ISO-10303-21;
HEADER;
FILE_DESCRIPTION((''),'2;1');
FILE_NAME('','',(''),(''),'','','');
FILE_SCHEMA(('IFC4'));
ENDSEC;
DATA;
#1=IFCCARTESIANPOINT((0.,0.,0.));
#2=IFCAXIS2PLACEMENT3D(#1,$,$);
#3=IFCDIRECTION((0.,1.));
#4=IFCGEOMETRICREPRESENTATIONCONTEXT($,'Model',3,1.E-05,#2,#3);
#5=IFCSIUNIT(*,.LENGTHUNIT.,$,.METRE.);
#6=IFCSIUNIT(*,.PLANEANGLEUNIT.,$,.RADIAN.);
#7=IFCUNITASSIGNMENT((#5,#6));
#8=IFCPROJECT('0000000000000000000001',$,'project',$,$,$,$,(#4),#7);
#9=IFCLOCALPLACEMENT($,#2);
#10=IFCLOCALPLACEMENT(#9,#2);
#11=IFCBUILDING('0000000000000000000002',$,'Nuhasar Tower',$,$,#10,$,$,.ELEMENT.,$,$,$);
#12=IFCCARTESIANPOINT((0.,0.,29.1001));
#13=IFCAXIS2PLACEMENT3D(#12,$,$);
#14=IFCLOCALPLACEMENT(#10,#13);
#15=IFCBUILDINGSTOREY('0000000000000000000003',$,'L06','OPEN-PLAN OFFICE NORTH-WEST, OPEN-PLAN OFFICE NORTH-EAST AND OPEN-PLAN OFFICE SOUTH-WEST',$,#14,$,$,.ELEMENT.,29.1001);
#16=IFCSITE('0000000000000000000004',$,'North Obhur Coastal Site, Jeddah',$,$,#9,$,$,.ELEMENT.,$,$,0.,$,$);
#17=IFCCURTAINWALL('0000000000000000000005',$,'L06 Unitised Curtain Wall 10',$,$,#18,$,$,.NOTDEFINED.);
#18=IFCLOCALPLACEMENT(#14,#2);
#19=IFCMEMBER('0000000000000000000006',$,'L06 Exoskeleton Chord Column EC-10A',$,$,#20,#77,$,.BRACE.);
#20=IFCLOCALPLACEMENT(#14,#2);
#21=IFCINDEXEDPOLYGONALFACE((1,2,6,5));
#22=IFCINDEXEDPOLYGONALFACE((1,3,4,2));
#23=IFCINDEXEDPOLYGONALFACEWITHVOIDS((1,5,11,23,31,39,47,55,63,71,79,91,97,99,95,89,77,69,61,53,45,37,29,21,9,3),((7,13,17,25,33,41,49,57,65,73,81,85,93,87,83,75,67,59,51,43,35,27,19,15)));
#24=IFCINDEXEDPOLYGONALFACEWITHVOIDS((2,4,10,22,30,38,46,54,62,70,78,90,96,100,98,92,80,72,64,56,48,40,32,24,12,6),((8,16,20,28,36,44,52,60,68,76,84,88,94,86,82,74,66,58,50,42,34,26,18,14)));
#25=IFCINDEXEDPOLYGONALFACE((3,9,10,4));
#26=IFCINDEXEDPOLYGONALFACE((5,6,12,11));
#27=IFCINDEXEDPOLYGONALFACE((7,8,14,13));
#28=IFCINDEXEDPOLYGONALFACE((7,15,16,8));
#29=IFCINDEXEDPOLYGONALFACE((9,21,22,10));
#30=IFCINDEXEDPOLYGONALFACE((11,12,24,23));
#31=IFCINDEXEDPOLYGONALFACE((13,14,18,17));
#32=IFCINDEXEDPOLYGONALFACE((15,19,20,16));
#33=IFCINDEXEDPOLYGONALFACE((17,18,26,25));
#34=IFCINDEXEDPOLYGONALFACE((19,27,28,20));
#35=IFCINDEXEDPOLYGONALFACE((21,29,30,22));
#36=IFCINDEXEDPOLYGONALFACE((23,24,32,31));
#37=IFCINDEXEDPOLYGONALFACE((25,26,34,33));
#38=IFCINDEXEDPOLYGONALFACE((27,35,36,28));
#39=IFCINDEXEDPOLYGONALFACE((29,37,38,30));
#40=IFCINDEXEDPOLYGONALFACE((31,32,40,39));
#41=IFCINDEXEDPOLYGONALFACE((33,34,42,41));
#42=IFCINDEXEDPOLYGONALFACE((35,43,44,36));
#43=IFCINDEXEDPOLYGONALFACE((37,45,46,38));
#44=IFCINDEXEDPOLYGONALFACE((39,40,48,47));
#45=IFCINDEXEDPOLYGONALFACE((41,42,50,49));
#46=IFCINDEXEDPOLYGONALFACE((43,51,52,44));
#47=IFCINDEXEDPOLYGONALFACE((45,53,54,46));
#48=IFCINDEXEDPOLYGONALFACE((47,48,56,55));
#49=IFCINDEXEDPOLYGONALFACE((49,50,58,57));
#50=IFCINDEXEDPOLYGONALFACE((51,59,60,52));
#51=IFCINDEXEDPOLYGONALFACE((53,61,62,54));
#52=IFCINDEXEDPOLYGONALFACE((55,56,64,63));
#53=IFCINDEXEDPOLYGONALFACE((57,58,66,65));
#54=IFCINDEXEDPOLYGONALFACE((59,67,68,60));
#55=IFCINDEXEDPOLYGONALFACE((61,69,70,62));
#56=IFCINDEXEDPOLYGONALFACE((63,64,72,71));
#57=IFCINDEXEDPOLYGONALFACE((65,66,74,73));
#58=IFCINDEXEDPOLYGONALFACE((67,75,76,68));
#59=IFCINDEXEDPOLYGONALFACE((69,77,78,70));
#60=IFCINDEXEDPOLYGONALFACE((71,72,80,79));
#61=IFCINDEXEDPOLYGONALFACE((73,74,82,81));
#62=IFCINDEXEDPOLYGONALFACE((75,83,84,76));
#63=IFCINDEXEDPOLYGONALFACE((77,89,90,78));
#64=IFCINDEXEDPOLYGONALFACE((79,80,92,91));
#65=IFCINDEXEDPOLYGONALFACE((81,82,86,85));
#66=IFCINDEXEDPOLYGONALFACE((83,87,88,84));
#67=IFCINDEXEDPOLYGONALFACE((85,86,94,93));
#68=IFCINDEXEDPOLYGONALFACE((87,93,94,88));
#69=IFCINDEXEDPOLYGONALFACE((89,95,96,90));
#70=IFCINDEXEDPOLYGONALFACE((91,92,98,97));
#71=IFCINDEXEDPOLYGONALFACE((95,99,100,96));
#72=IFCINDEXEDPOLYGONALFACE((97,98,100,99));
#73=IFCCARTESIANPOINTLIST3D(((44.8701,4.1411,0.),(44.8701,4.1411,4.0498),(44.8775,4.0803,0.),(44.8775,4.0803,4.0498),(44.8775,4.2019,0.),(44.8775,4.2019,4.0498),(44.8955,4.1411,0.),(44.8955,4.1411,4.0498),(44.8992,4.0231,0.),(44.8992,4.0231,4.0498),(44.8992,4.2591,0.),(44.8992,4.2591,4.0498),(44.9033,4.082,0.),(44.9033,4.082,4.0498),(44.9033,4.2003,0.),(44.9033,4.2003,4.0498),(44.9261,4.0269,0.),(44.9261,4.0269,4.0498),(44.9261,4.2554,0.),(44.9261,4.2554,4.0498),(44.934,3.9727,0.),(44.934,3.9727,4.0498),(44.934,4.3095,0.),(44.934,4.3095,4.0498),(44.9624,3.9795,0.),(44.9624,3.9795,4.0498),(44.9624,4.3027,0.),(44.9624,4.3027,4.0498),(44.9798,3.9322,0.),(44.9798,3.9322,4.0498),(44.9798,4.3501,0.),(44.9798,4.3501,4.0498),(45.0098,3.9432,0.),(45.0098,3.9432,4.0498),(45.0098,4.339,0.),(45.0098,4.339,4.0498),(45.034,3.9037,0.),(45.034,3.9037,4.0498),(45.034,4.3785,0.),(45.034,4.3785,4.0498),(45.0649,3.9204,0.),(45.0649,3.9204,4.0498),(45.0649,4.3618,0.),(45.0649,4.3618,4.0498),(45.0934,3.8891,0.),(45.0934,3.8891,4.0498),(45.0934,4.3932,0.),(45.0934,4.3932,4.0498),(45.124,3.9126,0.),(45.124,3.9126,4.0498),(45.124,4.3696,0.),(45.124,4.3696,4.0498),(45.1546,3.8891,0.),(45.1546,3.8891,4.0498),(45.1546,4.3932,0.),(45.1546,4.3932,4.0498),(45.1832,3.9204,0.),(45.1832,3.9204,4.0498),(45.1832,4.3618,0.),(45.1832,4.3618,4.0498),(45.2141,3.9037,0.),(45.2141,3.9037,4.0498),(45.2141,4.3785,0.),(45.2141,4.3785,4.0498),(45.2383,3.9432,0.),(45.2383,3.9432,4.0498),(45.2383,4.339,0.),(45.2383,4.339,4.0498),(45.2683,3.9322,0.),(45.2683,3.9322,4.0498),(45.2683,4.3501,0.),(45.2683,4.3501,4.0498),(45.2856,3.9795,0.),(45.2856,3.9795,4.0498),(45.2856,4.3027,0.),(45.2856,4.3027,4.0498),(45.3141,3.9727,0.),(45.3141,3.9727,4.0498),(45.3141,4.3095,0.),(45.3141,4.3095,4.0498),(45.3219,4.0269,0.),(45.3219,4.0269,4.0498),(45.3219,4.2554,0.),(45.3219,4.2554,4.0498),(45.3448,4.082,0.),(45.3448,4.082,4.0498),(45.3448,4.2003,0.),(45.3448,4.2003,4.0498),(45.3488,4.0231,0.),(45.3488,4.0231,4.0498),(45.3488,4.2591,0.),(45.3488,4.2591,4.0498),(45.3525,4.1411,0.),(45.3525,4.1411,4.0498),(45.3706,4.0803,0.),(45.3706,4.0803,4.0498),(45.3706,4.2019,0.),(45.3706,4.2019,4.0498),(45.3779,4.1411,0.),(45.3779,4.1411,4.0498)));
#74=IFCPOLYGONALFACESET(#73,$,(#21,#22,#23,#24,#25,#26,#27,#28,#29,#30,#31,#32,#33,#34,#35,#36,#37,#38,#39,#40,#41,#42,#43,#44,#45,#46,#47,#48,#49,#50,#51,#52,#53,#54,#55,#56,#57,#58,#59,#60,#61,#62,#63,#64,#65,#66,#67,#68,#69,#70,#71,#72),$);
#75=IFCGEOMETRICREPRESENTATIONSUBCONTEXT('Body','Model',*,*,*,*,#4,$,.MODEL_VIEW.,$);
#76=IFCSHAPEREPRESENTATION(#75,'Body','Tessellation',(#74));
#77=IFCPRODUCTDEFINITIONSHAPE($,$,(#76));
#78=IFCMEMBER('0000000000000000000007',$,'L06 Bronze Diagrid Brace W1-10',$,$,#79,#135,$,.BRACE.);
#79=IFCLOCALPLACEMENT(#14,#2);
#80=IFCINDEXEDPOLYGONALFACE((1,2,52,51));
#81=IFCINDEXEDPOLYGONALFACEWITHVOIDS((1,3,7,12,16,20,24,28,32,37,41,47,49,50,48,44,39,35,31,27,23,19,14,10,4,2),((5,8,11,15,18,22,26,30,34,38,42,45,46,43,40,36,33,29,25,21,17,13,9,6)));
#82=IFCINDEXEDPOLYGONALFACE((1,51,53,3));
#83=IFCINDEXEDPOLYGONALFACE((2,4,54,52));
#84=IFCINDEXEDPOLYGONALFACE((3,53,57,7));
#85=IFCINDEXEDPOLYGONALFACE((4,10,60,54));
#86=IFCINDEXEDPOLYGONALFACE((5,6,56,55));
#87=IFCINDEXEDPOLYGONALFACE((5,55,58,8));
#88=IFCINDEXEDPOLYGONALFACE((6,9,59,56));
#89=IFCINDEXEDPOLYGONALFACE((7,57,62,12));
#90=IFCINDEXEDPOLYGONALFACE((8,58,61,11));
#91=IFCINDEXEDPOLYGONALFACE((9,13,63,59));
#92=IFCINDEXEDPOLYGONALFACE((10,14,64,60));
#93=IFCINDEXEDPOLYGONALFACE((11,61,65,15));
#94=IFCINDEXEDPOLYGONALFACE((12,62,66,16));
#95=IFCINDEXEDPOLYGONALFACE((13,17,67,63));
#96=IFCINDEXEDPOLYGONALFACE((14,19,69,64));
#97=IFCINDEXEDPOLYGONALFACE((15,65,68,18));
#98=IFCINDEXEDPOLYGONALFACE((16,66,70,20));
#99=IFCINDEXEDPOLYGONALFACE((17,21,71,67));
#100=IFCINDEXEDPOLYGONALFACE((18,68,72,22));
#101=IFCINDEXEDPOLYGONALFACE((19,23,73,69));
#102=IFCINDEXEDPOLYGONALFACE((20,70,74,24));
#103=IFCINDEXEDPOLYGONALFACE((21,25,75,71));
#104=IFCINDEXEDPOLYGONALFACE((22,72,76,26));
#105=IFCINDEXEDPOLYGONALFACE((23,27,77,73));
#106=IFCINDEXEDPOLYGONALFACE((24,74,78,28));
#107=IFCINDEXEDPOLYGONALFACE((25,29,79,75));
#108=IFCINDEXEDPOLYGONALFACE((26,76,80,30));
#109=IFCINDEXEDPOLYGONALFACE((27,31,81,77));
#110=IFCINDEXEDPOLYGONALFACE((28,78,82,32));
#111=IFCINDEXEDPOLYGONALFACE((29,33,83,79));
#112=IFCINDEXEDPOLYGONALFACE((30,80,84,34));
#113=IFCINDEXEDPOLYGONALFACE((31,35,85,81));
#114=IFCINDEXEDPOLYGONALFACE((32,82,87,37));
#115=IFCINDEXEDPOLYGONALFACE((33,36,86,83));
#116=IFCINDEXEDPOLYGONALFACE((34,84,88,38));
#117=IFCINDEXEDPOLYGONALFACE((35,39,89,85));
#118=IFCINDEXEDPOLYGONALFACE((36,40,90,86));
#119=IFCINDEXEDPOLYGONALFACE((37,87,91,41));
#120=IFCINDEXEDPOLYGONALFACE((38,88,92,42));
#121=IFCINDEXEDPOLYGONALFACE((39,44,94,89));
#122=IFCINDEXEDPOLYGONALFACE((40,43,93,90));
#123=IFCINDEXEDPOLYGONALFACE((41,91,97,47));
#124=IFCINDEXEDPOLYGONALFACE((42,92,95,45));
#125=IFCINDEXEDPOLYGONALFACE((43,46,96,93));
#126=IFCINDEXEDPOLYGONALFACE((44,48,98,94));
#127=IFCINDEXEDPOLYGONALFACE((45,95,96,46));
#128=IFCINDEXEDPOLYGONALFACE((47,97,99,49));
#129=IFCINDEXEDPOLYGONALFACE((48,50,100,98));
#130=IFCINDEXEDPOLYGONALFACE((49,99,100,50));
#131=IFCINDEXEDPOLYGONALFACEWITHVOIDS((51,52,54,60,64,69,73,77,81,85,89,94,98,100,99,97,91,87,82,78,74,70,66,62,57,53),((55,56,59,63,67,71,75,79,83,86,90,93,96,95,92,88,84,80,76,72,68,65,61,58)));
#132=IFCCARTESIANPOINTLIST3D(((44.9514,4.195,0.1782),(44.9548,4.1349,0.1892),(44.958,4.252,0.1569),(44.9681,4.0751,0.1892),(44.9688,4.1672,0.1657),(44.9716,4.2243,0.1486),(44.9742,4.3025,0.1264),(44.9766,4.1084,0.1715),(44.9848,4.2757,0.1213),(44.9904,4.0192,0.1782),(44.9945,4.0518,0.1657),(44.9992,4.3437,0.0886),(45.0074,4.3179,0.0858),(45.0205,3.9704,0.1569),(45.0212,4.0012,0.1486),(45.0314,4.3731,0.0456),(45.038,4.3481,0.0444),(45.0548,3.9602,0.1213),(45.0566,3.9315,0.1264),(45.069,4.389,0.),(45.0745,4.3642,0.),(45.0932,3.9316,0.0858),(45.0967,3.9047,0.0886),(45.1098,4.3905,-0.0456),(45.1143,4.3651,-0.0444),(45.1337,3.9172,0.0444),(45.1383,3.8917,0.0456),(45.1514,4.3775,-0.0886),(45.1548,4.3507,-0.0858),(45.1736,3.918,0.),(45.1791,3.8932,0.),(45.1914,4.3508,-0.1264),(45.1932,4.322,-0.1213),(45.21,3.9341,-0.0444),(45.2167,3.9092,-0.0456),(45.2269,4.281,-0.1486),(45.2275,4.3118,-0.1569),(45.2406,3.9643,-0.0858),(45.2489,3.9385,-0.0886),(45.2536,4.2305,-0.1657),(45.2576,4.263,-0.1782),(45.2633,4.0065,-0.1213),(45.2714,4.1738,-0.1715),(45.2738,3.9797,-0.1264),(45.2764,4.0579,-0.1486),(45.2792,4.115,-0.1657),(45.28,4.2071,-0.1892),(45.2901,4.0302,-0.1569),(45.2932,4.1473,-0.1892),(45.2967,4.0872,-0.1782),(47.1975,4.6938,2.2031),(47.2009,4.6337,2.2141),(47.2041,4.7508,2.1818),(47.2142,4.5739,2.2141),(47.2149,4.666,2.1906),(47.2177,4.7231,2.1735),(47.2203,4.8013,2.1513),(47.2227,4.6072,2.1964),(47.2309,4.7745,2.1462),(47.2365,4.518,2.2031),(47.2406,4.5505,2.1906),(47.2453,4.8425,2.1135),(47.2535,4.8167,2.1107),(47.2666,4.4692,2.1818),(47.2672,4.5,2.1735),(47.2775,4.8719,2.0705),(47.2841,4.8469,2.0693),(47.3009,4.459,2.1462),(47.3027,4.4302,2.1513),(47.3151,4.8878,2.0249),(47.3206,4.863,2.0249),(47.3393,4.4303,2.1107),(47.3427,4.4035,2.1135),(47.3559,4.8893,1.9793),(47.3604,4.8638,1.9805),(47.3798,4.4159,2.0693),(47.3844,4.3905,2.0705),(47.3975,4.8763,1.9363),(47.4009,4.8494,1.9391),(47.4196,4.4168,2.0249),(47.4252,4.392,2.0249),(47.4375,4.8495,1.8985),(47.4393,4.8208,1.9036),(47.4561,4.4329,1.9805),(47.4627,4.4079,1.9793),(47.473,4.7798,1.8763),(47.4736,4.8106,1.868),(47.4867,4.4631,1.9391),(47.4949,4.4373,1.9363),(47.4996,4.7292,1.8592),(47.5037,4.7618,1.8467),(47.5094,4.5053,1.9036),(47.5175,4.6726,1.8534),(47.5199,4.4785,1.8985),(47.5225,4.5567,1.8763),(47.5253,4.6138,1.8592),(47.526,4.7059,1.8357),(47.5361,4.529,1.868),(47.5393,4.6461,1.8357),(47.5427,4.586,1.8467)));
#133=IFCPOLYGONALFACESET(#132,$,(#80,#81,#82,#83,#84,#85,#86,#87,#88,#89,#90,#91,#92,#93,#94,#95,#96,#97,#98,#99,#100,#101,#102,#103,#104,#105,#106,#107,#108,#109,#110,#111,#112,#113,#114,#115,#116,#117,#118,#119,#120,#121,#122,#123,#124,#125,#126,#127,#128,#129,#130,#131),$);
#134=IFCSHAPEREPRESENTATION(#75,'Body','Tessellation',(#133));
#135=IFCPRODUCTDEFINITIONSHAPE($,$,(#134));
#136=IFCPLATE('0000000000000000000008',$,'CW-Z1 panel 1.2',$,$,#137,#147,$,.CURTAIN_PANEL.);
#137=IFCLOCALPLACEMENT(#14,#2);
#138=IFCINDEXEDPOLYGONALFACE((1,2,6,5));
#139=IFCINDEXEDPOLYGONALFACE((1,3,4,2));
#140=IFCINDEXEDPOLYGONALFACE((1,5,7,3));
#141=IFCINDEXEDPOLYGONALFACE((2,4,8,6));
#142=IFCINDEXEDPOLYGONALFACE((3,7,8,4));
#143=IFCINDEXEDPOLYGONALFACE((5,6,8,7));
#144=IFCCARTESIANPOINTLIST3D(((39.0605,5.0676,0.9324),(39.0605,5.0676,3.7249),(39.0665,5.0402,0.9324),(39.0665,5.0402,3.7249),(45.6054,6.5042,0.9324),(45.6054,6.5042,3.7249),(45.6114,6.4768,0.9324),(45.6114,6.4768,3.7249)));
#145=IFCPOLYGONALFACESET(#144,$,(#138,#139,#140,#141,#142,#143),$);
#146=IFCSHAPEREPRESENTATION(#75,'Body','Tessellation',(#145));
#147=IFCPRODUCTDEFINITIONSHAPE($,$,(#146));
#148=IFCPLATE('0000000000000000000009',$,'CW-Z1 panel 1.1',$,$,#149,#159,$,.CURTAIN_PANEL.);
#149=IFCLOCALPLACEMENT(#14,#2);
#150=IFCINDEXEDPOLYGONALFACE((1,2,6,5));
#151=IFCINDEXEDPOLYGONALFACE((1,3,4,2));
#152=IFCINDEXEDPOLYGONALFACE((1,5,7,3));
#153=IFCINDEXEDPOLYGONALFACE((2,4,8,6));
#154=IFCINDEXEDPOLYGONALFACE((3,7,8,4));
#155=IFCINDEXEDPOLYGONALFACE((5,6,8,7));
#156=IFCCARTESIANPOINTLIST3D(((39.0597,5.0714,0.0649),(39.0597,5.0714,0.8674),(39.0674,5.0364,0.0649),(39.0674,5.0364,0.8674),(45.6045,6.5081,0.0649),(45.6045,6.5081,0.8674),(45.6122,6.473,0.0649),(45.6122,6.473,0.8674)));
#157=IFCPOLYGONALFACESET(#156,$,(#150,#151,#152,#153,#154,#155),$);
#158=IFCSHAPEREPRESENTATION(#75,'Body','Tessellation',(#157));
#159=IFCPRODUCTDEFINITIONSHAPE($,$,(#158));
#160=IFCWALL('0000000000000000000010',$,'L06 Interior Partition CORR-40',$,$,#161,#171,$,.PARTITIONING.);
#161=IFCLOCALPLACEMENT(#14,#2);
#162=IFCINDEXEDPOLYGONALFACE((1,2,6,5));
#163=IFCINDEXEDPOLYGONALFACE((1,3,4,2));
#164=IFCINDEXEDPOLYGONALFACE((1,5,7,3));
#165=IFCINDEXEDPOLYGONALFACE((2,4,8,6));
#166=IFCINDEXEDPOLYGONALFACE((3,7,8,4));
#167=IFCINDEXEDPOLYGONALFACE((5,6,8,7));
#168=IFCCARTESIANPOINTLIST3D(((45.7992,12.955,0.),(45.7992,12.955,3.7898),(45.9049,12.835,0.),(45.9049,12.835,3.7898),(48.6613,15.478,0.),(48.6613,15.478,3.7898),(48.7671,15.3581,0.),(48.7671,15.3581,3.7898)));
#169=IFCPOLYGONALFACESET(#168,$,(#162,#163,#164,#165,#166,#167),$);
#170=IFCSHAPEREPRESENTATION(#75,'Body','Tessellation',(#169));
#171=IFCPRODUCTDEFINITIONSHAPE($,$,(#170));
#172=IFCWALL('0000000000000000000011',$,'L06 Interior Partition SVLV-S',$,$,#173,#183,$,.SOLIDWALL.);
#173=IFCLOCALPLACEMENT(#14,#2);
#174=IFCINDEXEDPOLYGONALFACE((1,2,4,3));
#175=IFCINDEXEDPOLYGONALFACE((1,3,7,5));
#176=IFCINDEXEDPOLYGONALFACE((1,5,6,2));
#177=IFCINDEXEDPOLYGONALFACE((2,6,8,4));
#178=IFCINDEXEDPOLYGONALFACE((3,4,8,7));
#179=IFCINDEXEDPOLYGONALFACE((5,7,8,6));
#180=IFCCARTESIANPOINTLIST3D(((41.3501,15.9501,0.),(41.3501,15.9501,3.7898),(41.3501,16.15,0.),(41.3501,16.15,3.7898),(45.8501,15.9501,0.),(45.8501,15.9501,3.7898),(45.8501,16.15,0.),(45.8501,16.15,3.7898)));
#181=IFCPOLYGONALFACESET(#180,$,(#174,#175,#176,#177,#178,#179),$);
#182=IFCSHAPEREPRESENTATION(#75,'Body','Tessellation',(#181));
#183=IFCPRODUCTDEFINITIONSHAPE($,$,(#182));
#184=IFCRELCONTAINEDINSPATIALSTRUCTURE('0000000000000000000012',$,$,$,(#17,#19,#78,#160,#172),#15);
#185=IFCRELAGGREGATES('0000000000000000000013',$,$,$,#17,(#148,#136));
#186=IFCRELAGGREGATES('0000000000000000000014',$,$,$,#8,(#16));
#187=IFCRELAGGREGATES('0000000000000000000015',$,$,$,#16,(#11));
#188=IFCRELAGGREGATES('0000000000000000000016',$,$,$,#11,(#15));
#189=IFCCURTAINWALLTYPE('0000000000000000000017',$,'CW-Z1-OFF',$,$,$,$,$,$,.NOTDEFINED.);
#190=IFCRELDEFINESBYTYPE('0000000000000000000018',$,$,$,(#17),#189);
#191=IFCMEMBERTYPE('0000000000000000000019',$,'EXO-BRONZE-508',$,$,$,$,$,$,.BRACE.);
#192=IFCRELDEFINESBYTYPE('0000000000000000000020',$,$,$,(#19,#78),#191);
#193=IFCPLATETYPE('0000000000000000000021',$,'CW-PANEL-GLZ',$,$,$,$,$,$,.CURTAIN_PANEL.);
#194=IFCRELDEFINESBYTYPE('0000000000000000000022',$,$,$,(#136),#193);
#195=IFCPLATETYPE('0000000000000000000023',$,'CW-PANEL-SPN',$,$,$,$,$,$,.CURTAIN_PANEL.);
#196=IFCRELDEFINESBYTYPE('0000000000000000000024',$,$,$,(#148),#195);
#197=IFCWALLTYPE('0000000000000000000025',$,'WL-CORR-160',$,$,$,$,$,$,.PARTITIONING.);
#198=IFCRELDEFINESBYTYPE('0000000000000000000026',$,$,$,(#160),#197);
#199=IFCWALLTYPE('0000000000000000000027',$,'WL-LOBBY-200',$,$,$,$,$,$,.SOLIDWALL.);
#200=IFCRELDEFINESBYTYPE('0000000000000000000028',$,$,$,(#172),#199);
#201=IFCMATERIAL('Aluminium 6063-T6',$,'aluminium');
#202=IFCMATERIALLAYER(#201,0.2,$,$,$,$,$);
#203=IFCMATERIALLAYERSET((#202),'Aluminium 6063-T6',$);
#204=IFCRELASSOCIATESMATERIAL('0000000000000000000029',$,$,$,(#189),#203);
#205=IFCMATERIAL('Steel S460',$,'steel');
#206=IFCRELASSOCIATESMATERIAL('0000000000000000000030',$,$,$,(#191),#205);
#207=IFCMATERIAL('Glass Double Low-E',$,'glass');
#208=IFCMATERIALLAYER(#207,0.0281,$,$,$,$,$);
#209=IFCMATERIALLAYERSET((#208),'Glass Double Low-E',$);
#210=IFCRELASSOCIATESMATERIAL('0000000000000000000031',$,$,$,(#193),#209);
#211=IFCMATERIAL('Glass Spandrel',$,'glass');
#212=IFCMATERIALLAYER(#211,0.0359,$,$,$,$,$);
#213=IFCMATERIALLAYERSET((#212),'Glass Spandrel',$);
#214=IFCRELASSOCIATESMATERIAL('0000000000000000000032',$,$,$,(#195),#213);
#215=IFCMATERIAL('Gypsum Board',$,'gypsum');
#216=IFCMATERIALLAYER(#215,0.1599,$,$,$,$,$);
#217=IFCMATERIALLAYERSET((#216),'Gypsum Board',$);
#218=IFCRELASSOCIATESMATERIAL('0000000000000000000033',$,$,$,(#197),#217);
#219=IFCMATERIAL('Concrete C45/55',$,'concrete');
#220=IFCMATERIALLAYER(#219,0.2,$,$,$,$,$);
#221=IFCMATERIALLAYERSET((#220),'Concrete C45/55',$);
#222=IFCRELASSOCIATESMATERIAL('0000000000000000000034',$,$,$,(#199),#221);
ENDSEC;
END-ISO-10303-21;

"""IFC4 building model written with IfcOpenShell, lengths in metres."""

from ifc_helpers import new_model, si_unit, direction, frame, frame_2d, origin, origin_2d, place, context, subcontext, project, spatial, rectangle, hollow_circle, extrude, material, layer, layer_set, material_profile, profile_set, type_object, element, aggregate, save


model = new_model("IFC4")

# Units and contexts
model_context = context("Model", 3, precision=1e-05, world=origin(), true_north=direction((0.0, 1.0)))
body_context = subcontext(model_context, "Body", "Model", "MODEL_VIEW")
ifc_project = project(units=[si_unit("LENGTHUNIT", "METRE"), si_unit("PLANEANGLEUNIT", "RADIAN")], contexts=[model_context])

# Site, building, storey
site_placement = place(None, origin())
site = spatial("IfcSite", under=ifc_project, at=site_placement, Name="North Obhur Coastal Site, Jeddah", CompositionType="ELEMENT", RefElevation=0.0)
building_placement = place(site_placement, origin())
building = spatial("IfcBuilding", under=site, at=building_placement, Name="Nuhasar Tower", CompositionType="ELEMENT")
storey_placement = place(building_placement, frame((0.0, 0.0, 29.1001)))
storey = spatial("IfcBuildingStorey", under=building, at=storey_placement, Name="L06", Description="OPEN-PLAN OFFICE NORTH-WEST, OPEN-PLAN OFFICE NORTH-EAST AND OPEN-PLAN OFFICE SOUTH-WEST", CompositionType="ELEMENT", Elevation=29.1001)

# Curtain wall
ifc_material_1 = material(Name="Aluminium 6063-T6", Category="aluminium")
ifc_layer_1 = layer(ifc_material_1, 0.2)
ifc_layer_set_1 = layer_set([ifc_layer_1], Name="Aluminium 6063-T6")
curtain_wall_type = type_object("IfcCurtainWallType", Name="CW-Z1-OFF", PredefinedType="NOTDEFINED", material=ifc_layer_set_1)
curtain_wall_placement = place(storey_placement, origin())
curtain_wall = element("IfcCurtainWall", 1, at=curtain_wall_placement, inside=storey, type_object=curtain_wall_type, Name="L06 Unitised Curtain Wall 10", PredefinedType="NOTDEFINED")

# Members
ifc_material_2 = material(Name="Steel S460", Category="steel")
ifc_material_profile_1 = material_profile(ifc_material_2, hollow_circle(Radius=0.2539, WallThickness=0.0254, at=origin_2d()), Name="HSS508X25.4")
ifc_profile_set_1 = profile_set([ifc_material_profile_1], Name="Steel S460")
member_type_1 = type_object("IfcMemberType", Name="EXO-BRONZE-508", PredefinedType="BRACE", material=ifc_profile_set_1)
member_1_placement = place(storey_placement, frame((45.124, 4.1411, 0.0), z_axis=(0.0, 0.0, 1.0), x_axis=(1.0, 0.0, 0.0)))
element("IfcMember", 2, at=member_1_placement, inside=storey, type_object=member_type_1, Name="L06 Exoskeleton Chord Column EC-10A", PredefinedType="BRACE", context=body_context, shape_type="SweptSolid", body=[
    extrude(hollow_circle(Radius=0.2539, WallThickness=0.0254, at=origin_2d()), origin(), (0.0, 0.0, 1.0), 4.0498),
])
member_2_placement = place(storey_placement, frame((45.124, 4.1411, 0.0), z_axis=(0.732831, 0.162736, 0.660663), x_axis=(-0.216784, 0.97622, 0.0)))
element("IfcMember", 3, at=member_2_placement, inside=storey, type_object=member_type_1, Name="L06 Bronze Diagrid Brace W1-10", PredefinedType="BRACE", context=body_context, shape_type="SweptSolid", body=[
    extrude(hollow_circle(Radius=0.2539, WallThickness=0.0254, at=origin_2d()), origin(), (0.0, 0.0, 1.0), 3.0649),
])

# Plates
ifc_material_3 = material(Name="Glass Double Low-E", Category="glass")
ifc_layer_2 = layer(ifc_material_3, 0.0281)
ifc_layer_set_2 = layer_set([ifc_layer_2], Name="Glass Double Low-E")
plate_type_1 = type_object("IfcPlateType", Name="CW-PANEL-GLZ", PredefinedType="CURTAIN_PANEL", material=ifc_layer_set_2)
plate_1_placement = place(storey_placement, frame((42.3359, 5.7722, 0.9324), z_axis=(0.0, 0.0, 1.0), x_axis=(0.976746, 0.214399, 0.0)))
plate_1 = element("IfcPlate", 4, at=plate_1_placement, type_object=plate_type_1, Name="CW-Z1 panel 1.2", PredefinedType="CURTAIN_PANEL", context=body_context, shape_type="SweptSolid", body=[
    extrude(rectangle(XDim=6.7007, YDim=0.0281, at=origin_2d()), origin(), (0.0, 0.0, 1.0), 2.7925),
])
ifc_material_4 = material(Name="Glass Spandrel", Category="glass")
ifc_layer_3 = layer(ifc_material_4, 0.0359)
ifc_layer_set_3 = layer_set([ifc_layer_3], Name="Glass Spandrel")
plate_type_2 = type_object("IfcPlateType", Name="CW-PANEL-SPN", PredefinedType="CURTAIN_PANEL", material=ifc_layer_set_3)
plate_2_placement = place(storey_placement, frame((42.3359, 5.7722, 0.0649), z_axis=(0.0, 0.0, 1.0), x_axis=(0.976746, 0.214399, 0.0)))
plate_2 = element("IfcPlate", 5, at=plate_2_placement, type_object=plate_type_2, Name="CW-Z1 panel 1.1", PredefinedType="CURTAIN_PANEL", context=body_context, shape_type="SweptSolid", body=[
    extrude(rectangle(XDim=6.7007, YDim=0.0359, at=origin_2d()), origin(), (0.0, 0.0, 1.0), 0.8025),
])
aggregate(curtain_wall, [plate_2, plate_1])

# Shared definitions
ifc_material_5 = material(Name="Gypsum Board", Category="gypsum")
ifc_layer_4 = layer(ifc_material_5, 0.1599)
ifc_layer_set_4 = layer_set([ifc_layer_4], Name="Gypsum Board")
wall_type_1 = type_object("IfcWallType", Name="WL-CORR-160", PredefinedType="PARTITIONING", material=ifc_layer_set_4)

# Wall
wall_1_placement = place(storey_placement, frame((45.8521, 12.895, 0.0), z_axis=(0.0, 0.0, 1.0), x_axis=(0.75015, 0.661268, 0.0)))
element("IfcWall", 6, at=wall_1_placement, inside=storey, type_object=wall_type_1, Name="L06 Interior Partition CORR-40", PredefinedType="PARTITIONING", context=body_context, shape_type="SweptSolid", body=[
    extrude(rectangle(XDim=3.8154, YDim=0.1599, at=frame_2d((1.9077, 0.0))), origin(), (0.0, 0.0, 1.0), 3.7898),
])

# Shared definitions
ifc_material_6 = material(Name="Concrete C45/55", Category="concrete")
ifc_layer_5 = layer(ifc_material_6, 0.2)
ifc_layer_set_5 = layer_set([ifc_layer_5], Name="Concrete C45/55")
wall_type_2 = type_object("IfcWallType", Name="WL-LOBBY-200", PredefinedType="SOLIDWALL", material=ifc_layer_set_5)

# Wall
wall_2_placement = place(storey_placement, frame((41.3501, 16.05, 0.0), z_axis=(0.0, 0.0, 1.0), x_axis=(1.0, 0.0, 0.0)))
element("IfcWall", 7, at=wall_2_placement, inside=storey, type_object=wall_type_2, Name="L06 Interior Partition SVLV-S", PredefinedType="SOLIDWALL", context=body_context, shape_type="SweptSolid", body=[
    extrude(rectangle(XDim=4.5, YDim=0.2, at=frame_2d((2.25, 0.0))), origin(), (0.0, 0.0, 1.0), 3.7898),
])

save(model, "model.ifc")
